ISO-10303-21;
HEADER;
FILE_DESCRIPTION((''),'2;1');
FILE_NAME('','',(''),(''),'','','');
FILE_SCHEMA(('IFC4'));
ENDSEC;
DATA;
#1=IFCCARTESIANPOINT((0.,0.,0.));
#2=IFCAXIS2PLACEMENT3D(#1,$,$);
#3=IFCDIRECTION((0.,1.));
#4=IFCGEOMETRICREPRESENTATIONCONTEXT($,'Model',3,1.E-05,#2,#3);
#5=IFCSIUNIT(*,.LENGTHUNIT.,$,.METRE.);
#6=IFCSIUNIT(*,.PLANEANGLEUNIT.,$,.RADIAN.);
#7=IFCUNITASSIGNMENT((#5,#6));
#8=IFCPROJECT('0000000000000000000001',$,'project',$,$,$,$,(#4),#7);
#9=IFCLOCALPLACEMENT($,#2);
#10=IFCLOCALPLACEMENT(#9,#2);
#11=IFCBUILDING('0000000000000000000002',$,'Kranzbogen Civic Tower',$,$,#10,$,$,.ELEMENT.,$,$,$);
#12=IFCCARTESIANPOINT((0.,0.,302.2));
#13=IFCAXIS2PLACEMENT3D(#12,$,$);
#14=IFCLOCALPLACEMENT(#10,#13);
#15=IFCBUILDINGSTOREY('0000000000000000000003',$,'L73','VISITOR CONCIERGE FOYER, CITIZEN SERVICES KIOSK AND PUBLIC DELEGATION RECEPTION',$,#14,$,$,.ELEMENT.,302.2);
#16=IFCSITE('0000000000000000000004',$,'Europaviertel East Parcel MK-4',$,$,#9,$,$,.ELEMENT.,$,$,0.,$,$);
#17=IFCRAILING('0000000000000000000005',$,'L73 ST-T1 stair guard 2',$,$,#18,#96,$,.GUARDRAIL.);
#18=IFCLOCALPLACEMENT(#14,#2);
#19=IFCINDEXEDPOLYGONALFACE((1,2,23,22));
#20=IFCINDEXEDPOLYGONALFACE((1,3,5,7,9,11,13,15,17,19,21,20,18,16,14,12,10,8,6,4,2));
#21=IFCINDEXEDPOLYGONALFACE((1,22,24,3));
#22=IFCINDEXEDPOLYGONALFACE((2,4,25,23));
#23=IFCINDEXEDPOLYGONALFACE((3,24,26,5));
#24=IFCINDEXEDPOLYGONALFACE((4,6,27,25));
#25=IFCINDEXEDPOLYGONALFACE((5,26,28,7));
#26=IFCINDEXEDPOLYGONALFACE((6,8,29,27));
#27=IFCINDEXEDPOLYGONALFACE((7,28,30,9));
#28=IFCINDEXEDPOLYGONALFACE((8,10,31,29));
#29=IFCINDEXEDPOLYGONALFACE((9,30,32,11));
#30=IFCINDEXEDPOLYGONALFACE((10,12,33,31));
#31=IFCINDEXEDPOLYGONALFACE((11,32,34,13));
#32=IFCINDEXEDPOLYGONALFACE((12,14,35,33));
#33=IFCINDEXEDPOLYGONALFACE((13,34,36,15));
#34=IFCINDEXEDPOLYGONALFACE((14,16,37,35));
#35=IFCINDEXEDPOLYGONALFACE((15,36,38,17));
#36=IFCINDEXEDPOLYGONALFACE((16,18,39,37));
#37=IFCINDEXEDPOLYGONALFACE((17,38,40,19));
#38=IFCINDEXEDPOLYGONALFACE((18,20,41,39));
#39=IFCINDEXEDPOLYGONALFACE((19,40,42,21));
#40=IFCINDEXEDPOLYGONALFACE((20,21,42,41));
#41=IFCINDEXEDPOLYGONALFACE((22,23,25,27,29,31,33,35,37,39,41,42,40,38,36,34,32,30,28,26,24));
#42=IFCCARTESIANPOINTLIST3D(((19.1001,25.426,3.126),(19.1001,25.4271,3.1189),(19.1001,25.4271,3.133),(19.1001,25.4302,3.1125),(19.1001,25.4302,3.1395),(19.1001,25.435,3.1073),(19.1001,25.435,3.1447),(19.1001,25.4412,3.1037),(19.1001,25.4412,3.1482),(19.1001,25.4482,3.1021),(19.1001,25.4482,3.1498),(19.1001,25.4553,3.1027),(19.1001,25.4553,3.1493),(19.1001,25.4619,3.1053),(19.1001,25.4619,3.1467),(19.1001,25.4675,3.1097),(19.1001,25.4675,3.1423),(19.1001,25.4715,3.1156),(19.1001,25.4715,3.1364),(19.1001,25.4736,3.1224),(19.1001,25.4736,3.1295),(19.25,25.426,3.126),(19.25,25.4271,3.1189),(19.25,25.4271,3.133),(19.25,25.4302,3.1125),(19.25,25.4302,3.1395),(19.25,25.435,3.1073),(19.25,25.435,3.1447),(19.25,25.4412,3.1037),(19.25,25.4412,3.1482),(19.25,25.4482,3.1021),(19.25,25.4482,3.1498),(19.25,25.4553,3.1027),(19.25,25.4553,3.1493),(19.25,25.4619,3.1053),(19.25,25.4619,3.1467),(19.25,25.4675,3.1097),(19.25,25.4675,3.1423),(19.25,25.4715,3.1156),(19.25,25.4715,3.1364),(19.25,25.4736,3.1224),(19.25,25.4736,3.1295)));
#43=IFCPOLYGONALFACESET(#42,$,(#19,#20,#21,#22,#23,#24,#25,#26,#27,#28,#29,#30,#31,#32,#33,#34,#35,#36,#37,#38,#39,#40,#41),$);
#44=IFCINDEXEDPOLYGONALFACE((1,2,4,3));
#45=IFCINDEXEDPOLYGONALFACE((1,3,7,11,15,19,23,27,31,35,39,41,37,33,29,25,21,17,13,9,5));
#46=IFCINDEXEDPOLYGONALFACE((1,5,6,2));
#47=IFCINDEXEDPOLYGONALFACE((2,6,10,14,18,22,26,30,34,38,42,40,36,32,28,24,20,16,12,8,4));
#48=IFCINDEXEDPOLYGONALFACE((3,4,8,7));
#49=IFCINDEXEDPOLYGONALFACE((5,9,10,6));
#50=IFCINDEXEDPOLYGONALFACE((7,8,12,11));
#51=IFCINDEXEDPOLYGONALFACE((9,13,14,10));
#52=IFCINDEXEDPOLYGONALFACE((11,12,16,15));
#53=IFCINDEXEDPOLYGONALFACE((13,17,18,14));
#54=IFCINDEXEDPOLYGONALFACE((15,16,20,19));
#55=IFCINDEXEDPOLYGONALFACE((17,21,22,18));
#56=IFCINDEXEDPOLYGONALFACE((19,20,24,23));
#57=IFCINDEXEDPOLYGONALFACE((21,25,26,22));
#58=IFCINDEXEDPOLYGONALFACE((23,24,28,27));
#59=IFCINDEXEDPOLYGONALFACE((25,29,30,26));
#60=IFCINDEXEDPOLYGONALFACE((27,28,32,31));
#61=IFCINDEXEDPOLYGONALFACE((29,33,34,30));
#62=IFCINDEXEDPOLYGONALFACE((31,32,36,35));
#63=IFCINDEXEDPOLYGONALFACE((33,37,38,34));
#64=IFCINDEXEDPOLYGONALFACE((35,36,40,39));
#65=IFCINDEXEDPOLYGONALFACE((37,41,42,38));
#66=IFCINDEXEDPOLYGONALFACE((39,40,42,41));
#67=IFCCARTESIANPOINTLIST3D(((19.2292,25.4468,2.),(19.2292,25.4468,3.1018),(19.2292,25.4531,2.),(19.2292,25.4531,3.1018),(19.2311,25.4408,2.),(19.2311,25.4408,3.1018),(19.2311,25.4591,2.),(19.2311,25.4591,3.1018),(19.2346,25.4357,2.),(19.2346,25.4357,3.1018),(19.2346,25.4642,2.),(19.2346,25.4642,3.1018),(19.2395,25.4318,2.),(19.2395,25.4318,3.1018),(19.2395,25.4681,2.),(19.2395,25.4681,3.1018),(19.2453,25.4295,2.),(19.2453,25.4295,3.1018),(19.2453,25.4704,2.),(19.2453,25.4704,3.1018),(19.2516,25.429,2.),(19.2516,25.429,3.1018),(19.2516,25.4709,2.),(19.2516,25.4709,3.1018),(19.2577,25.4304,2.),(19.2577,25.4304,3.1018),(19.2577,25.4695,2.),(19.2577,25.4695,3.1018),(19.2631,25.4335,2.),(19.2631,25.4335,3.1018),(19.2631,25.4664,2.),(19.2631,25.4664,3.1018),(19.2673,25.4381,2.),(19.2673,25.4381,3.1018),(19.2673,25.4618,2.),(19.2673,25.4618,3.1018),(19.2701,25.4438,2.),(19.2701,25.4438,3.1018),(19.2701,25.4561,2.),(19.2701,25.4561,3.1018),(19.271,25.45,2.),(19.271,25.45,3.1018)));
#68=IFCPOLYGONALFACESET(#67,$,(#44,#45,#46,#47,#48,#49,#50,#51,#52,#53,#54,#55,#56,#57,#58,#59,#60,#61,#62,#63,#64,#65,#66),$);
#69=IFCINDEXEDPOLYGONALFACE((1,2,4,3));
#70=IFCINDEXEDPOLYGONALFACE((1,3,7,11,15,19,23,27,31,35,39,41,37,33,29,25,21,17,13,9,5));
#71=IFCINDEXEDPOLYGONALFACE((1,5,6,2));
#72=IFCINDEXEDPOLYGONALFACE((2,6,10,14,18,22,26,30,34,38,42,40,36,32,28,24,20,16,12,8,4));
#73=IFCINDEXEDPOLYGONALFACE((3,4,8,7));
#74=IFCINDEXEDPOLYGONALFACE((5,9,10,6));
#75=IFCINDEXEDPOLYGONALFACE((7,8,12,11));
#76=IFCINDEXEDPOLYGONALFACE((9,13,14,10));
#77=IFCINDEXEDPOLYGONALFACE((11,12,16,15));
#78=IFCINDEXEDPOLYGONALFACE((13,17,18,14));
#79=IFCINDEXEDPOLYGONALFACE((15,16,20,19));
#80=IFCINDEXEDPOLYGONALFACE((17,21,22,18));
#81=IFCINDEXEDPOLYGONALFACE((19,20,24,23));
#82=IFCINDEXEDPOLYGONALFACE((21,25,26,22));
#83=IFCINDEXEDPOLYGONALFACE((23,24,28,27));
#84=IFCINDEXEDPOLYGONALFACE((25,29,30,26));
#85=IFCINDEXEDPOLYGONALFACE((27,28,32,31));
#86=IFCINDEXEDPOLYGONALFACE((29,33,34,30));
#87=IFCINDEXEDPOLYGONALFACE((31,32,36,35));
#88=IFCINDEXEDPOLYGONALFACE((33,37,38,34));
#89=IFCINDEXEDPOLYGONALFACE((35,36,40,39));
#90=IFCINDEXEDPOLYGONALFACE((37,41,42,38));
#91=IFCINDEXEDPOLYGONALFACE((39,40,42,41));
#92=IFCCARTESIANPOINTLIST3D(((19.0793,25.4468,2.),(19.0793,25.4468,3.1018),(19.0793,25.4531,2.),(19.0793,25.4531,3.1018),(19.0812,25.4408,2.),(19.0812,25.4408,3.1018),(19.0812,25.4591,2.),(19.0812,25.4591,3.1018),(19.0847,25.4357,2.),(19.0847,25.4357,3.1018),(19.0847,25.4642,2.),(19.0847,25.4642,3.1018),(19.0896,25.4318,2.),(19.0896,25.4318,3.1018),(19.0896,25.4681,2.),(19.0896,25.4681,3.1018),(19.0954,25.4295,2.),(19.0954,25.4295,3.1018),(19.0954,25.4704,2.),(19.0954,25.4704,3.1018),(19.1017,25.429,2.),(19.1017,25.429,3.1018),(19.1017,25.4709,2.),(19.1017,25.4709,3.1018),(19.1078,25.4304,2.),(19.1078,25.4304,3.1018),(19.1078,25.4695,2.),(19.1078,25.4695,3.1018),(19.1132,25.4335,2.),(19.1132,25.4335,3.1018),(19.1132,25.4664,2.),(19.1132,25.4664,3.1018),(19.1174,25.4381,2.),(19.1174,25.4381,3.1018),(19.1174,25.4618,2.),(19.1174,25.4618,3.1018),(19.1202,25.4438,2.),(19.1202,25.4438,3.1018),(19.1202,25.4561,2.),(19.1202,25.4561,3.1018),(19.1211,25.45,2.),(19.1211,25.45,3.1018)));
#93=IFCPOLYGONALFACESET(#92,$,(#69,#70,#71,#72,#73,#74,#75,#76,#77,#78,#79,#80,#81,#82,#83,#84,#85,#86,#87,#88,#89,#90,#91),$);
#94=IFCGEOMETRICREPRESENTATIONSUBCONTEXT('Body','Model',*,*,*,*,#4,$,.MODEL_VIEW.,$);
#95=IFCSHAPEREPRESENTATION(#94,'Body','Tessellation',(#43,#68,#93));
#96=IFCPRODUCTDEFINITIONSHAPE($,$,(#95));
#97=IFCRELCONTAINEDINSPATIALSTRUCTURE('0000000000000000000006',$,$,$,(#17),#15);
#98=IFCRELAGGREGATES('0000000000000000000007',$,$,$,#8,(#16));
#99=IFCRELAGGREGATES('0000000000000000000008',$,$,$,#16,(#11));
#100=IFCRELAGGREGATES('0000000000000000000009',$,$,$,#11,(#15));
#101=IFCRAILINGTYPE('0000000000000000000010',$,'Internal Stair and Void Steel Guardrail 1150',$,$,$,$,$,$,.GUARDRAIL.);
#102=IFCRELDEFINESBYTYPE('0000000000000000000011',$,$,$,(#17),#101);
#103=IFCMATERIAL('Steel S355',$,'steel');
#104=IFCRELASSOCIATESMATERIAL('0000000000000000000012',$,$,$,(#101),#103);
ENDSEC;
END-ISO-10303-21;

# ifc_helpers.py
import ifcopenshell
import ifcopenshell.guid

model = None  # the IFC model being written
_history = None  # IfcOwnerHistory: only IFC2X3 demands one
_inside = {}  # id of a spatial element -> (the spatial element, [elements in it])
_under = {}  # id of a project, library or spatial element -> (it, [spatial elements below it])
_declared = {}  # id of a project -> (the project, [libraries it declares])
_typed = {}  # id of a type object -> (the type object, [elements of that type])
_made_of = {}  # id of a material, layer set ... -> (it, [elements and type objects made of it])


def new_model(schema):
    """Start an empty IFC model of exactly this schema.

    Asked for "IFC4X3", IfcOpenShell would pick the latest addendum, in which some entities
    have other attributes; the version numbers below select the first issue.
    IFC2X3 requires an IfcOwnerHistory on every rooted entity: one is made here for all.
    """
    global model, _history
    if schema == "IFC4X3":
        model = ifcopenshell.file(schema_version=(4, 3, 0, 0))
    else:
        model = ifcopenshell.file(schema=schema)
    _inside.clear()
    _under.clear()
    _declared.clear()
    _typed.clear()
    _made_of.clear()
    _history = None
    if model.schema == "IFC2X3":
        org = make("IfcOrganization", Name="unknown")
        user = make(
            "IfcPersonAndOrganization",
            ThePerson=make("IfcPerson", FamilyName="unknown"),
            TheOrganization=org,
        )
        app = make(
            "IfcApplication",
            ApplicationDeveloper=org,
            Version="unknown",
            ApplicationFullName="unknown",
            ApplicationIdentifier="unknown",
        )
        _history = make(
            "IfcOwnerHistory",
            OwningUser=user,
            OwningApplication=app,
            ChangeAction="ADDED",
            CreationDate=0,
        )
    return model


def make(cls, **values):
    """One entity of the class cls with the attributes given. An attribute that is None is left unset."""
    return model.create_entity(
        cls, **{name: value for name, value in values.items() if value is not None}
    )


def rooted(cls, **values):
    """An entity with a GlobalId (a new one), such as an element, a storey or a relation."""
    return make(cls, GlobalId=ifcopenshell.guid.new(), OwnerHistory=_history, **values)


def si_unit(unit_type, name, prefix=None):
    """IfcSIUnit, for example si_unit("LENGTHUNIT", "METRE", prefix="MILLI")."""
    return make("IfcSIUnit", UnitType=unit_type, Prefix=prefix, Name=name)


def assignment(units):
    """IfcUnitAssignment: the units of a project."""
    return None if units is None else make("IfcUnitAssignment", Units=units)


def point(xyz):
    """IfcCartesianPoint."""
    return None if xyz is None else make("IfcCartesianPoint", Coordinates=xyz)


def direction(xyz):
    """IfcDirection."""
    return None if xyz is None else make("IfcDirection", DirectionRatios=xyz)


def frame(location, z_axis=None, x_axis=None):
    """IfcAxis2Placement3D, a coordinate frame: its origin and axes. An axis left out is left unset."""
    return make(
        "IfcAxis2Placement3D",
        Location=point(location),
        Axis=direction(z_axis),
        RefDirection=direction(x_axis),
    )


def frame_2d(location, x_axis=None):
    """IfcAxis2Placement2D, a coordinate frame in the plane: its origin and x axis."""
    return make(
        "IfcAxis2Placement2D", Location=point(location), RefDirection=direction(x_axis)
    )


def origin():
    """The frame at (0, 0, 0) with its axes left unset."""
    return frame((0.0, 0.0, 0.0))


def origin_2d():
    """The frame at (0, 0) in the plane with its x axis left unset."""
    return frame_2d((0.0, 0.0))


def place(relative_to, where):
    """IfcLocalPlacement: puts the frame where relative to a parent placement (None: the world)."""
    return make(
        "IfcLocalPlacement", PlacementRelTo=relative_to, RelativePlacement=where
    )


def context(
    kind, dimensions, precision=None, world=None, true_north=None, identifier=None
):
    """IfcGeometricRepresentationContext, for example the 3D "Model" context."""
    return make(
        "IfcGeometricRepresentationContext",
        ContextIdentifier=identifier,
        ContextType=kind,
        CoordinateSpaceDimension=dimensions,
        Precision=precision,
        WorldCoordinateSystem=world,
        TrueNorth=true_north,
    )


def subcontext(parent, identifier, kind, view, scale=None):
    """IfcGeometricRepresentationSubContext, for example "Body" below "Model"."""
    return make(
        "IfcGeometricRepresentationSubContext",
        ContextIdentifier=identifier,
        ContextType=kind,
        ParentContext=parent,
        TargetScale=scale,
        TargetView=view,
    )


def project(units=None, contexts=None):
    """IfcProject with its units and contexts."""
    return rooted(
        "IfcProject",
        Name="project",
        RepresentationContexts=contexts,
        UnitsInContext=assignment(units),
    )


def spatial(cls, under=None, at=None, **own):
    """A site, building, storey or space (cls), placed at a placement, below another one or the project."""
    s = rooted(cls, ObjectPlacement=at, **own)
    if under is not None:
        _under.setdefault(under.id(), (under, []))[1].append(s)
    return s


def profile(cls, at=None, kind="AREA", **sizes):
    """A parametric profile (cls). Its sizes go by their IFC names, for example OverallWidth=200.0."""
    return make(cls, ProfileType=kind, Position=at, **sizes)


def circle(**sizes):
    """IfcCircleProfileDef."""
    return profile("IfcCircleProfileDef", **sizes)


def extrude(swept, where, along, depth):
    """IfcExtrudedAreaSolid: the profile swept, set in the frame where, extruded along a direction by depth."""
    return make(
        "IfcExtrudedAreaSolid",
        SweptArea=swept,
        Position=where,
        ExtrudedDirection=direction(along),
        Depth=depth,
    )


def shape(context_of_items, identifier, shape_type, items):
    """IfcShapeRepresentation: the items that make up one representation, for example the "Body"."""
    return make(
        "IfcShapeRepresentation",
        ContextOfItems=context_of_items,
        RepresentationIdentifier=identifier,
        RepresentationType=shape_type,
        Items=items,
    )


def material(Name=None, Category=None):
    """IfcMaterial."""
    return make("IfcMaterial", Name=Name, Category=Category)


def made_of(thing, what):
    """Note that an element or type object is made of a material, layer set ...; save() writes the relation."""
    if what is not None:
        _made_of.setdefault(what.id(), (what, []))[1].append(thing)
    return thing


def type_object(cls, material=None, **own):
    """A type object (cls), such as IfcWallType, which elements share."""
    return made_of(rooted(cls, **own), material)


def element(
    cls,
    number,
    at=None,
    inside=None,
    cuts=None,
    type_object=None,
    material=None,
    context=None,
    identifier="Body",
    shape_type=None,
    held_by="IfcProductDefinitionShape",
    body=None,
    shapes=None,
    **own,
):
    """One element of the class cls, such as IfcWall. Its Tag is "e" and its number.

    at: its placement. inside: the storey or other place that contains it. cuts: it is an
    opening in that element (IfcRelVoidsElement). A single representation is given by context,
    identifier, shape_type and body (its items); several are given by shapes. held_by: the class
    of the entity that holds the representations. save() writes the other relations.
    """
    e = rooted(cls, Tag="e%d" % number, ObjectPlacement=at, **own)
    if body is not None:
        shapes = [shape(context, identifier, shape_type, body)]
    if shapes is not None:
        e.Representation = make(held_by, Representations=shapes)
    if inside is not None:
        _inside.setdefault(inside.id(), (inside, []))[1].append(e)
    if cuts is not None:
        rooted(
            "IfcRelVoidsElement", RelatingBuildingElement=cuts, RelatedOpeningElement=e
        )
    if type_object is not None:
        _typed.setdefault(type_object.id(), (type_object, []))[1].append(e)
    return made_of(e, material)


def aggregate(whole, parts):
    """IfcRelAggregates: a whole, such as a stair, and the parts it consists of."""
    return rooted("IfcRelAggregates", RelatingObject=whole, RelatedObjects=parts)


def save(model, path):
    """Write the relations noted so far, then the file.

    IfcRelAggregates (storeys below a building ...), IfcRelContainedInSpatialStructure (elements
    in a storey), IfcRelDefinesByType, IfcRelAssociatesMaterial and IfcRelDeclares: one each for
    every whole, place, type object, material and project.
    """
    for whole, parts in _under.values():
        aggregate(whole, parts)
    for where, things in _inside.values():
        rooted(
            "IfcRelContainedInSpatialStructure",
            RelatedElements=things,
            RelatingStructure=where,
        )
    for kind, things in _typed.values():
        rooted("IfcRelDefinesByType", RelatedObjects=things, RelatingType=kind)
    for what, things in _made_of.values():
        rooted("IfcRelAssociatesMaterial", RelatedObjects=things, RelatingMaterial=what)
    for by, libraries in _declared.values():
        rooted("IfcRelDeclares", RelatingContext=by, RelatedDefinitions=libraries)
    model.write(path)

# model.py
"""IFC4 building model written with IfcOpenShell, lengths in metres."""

from ifc_helpers import new_model, si_unit, direction, frame, origin, origin_2d, place, context, subcontext, project, spatial, circle, extrude, material, type_object, element, save


model = new_model("IFC4")

# Units and contexts
model_context = context("Model", 3, precision=1e-05, world=origin(), true_north=direction((0.0, 1.0)))
body_context = subcontext(model_context, "Body", "Model", "MODEL_VIEW")
ifc_project = project(units=[si_unit("LENGTHUNIT", "METRE"), si_unit("PLANEANGLEUNIT", "RADIAN")], contexts=[model_context])

# Site, building, storey
site_placement = place(None, origin())
site = spatial("IfcSite", under=ifc_project, at=site_placement, Name="Europaviertel East Parcel MK-4", CompositionType="ELEMENT", RefElevation=0.0)
building_placement = place(site_placement, origin())
building = spatial("IfcBuilding", under=site, at=building_placement, Name="Kranzbogen Civic Tower", CompositionType="ELEMENT")
storey_placement = place(building_placement, frame((0.0, 0.0, 302.2)))
storey = spatial("IfcBuildingStorey", under=building, at=storey_placement, Name="L73", Description="VISITOR CONCIERGE FOYER, CITIZEN SERVICES KIOSK AND PUBLIC DELEGATION RECEPTION", CompositionType="ELEMENT", Elevation=302.2)

# Shared definitions
ifc_material_1 = material(Name="Steel S355", Category="steel")

# Railing
railing_type_1 = type_object("IfcRailingType", Name="Internal Stair and Void Steel Guardrail 1150", PredefinedType="GUARDRAIL", material=ifc_material_1)
railing_1_placement = place(storey_placement, frame((19.25, 25.45, 2.0)))
element("IfcRailing", 1, at=railing_1_placement, inside=storey, type_object=railing_type_1, Name="L73 ST-T1 stair guard 2", PredefinedType="GUARDRAIL", context=body_context, shape_type="SweptSolid", body=[
    extrude(circle(Radius=0.0239, at=origin_2d()), frame((0.0, 0.0, 1.126), z_axis=(-1.0, 0.0, 0.0), x_axis=(0.0, -1.0, 0.0)), (0.0, 0.0, 1.0), 0.1499),
    extrude(circle(Radius=0.021, at=origin_2d()), origin(), (0.0, 0.0, 1.0), 1.1018),
    extrude(circle(Radius=0.021, at=origin_2d()), frame((-0.1499, 0.0, 0.0)), (0.0, 0.0, 1.0), 1.1018),
])

save(model, "model.ifc")
